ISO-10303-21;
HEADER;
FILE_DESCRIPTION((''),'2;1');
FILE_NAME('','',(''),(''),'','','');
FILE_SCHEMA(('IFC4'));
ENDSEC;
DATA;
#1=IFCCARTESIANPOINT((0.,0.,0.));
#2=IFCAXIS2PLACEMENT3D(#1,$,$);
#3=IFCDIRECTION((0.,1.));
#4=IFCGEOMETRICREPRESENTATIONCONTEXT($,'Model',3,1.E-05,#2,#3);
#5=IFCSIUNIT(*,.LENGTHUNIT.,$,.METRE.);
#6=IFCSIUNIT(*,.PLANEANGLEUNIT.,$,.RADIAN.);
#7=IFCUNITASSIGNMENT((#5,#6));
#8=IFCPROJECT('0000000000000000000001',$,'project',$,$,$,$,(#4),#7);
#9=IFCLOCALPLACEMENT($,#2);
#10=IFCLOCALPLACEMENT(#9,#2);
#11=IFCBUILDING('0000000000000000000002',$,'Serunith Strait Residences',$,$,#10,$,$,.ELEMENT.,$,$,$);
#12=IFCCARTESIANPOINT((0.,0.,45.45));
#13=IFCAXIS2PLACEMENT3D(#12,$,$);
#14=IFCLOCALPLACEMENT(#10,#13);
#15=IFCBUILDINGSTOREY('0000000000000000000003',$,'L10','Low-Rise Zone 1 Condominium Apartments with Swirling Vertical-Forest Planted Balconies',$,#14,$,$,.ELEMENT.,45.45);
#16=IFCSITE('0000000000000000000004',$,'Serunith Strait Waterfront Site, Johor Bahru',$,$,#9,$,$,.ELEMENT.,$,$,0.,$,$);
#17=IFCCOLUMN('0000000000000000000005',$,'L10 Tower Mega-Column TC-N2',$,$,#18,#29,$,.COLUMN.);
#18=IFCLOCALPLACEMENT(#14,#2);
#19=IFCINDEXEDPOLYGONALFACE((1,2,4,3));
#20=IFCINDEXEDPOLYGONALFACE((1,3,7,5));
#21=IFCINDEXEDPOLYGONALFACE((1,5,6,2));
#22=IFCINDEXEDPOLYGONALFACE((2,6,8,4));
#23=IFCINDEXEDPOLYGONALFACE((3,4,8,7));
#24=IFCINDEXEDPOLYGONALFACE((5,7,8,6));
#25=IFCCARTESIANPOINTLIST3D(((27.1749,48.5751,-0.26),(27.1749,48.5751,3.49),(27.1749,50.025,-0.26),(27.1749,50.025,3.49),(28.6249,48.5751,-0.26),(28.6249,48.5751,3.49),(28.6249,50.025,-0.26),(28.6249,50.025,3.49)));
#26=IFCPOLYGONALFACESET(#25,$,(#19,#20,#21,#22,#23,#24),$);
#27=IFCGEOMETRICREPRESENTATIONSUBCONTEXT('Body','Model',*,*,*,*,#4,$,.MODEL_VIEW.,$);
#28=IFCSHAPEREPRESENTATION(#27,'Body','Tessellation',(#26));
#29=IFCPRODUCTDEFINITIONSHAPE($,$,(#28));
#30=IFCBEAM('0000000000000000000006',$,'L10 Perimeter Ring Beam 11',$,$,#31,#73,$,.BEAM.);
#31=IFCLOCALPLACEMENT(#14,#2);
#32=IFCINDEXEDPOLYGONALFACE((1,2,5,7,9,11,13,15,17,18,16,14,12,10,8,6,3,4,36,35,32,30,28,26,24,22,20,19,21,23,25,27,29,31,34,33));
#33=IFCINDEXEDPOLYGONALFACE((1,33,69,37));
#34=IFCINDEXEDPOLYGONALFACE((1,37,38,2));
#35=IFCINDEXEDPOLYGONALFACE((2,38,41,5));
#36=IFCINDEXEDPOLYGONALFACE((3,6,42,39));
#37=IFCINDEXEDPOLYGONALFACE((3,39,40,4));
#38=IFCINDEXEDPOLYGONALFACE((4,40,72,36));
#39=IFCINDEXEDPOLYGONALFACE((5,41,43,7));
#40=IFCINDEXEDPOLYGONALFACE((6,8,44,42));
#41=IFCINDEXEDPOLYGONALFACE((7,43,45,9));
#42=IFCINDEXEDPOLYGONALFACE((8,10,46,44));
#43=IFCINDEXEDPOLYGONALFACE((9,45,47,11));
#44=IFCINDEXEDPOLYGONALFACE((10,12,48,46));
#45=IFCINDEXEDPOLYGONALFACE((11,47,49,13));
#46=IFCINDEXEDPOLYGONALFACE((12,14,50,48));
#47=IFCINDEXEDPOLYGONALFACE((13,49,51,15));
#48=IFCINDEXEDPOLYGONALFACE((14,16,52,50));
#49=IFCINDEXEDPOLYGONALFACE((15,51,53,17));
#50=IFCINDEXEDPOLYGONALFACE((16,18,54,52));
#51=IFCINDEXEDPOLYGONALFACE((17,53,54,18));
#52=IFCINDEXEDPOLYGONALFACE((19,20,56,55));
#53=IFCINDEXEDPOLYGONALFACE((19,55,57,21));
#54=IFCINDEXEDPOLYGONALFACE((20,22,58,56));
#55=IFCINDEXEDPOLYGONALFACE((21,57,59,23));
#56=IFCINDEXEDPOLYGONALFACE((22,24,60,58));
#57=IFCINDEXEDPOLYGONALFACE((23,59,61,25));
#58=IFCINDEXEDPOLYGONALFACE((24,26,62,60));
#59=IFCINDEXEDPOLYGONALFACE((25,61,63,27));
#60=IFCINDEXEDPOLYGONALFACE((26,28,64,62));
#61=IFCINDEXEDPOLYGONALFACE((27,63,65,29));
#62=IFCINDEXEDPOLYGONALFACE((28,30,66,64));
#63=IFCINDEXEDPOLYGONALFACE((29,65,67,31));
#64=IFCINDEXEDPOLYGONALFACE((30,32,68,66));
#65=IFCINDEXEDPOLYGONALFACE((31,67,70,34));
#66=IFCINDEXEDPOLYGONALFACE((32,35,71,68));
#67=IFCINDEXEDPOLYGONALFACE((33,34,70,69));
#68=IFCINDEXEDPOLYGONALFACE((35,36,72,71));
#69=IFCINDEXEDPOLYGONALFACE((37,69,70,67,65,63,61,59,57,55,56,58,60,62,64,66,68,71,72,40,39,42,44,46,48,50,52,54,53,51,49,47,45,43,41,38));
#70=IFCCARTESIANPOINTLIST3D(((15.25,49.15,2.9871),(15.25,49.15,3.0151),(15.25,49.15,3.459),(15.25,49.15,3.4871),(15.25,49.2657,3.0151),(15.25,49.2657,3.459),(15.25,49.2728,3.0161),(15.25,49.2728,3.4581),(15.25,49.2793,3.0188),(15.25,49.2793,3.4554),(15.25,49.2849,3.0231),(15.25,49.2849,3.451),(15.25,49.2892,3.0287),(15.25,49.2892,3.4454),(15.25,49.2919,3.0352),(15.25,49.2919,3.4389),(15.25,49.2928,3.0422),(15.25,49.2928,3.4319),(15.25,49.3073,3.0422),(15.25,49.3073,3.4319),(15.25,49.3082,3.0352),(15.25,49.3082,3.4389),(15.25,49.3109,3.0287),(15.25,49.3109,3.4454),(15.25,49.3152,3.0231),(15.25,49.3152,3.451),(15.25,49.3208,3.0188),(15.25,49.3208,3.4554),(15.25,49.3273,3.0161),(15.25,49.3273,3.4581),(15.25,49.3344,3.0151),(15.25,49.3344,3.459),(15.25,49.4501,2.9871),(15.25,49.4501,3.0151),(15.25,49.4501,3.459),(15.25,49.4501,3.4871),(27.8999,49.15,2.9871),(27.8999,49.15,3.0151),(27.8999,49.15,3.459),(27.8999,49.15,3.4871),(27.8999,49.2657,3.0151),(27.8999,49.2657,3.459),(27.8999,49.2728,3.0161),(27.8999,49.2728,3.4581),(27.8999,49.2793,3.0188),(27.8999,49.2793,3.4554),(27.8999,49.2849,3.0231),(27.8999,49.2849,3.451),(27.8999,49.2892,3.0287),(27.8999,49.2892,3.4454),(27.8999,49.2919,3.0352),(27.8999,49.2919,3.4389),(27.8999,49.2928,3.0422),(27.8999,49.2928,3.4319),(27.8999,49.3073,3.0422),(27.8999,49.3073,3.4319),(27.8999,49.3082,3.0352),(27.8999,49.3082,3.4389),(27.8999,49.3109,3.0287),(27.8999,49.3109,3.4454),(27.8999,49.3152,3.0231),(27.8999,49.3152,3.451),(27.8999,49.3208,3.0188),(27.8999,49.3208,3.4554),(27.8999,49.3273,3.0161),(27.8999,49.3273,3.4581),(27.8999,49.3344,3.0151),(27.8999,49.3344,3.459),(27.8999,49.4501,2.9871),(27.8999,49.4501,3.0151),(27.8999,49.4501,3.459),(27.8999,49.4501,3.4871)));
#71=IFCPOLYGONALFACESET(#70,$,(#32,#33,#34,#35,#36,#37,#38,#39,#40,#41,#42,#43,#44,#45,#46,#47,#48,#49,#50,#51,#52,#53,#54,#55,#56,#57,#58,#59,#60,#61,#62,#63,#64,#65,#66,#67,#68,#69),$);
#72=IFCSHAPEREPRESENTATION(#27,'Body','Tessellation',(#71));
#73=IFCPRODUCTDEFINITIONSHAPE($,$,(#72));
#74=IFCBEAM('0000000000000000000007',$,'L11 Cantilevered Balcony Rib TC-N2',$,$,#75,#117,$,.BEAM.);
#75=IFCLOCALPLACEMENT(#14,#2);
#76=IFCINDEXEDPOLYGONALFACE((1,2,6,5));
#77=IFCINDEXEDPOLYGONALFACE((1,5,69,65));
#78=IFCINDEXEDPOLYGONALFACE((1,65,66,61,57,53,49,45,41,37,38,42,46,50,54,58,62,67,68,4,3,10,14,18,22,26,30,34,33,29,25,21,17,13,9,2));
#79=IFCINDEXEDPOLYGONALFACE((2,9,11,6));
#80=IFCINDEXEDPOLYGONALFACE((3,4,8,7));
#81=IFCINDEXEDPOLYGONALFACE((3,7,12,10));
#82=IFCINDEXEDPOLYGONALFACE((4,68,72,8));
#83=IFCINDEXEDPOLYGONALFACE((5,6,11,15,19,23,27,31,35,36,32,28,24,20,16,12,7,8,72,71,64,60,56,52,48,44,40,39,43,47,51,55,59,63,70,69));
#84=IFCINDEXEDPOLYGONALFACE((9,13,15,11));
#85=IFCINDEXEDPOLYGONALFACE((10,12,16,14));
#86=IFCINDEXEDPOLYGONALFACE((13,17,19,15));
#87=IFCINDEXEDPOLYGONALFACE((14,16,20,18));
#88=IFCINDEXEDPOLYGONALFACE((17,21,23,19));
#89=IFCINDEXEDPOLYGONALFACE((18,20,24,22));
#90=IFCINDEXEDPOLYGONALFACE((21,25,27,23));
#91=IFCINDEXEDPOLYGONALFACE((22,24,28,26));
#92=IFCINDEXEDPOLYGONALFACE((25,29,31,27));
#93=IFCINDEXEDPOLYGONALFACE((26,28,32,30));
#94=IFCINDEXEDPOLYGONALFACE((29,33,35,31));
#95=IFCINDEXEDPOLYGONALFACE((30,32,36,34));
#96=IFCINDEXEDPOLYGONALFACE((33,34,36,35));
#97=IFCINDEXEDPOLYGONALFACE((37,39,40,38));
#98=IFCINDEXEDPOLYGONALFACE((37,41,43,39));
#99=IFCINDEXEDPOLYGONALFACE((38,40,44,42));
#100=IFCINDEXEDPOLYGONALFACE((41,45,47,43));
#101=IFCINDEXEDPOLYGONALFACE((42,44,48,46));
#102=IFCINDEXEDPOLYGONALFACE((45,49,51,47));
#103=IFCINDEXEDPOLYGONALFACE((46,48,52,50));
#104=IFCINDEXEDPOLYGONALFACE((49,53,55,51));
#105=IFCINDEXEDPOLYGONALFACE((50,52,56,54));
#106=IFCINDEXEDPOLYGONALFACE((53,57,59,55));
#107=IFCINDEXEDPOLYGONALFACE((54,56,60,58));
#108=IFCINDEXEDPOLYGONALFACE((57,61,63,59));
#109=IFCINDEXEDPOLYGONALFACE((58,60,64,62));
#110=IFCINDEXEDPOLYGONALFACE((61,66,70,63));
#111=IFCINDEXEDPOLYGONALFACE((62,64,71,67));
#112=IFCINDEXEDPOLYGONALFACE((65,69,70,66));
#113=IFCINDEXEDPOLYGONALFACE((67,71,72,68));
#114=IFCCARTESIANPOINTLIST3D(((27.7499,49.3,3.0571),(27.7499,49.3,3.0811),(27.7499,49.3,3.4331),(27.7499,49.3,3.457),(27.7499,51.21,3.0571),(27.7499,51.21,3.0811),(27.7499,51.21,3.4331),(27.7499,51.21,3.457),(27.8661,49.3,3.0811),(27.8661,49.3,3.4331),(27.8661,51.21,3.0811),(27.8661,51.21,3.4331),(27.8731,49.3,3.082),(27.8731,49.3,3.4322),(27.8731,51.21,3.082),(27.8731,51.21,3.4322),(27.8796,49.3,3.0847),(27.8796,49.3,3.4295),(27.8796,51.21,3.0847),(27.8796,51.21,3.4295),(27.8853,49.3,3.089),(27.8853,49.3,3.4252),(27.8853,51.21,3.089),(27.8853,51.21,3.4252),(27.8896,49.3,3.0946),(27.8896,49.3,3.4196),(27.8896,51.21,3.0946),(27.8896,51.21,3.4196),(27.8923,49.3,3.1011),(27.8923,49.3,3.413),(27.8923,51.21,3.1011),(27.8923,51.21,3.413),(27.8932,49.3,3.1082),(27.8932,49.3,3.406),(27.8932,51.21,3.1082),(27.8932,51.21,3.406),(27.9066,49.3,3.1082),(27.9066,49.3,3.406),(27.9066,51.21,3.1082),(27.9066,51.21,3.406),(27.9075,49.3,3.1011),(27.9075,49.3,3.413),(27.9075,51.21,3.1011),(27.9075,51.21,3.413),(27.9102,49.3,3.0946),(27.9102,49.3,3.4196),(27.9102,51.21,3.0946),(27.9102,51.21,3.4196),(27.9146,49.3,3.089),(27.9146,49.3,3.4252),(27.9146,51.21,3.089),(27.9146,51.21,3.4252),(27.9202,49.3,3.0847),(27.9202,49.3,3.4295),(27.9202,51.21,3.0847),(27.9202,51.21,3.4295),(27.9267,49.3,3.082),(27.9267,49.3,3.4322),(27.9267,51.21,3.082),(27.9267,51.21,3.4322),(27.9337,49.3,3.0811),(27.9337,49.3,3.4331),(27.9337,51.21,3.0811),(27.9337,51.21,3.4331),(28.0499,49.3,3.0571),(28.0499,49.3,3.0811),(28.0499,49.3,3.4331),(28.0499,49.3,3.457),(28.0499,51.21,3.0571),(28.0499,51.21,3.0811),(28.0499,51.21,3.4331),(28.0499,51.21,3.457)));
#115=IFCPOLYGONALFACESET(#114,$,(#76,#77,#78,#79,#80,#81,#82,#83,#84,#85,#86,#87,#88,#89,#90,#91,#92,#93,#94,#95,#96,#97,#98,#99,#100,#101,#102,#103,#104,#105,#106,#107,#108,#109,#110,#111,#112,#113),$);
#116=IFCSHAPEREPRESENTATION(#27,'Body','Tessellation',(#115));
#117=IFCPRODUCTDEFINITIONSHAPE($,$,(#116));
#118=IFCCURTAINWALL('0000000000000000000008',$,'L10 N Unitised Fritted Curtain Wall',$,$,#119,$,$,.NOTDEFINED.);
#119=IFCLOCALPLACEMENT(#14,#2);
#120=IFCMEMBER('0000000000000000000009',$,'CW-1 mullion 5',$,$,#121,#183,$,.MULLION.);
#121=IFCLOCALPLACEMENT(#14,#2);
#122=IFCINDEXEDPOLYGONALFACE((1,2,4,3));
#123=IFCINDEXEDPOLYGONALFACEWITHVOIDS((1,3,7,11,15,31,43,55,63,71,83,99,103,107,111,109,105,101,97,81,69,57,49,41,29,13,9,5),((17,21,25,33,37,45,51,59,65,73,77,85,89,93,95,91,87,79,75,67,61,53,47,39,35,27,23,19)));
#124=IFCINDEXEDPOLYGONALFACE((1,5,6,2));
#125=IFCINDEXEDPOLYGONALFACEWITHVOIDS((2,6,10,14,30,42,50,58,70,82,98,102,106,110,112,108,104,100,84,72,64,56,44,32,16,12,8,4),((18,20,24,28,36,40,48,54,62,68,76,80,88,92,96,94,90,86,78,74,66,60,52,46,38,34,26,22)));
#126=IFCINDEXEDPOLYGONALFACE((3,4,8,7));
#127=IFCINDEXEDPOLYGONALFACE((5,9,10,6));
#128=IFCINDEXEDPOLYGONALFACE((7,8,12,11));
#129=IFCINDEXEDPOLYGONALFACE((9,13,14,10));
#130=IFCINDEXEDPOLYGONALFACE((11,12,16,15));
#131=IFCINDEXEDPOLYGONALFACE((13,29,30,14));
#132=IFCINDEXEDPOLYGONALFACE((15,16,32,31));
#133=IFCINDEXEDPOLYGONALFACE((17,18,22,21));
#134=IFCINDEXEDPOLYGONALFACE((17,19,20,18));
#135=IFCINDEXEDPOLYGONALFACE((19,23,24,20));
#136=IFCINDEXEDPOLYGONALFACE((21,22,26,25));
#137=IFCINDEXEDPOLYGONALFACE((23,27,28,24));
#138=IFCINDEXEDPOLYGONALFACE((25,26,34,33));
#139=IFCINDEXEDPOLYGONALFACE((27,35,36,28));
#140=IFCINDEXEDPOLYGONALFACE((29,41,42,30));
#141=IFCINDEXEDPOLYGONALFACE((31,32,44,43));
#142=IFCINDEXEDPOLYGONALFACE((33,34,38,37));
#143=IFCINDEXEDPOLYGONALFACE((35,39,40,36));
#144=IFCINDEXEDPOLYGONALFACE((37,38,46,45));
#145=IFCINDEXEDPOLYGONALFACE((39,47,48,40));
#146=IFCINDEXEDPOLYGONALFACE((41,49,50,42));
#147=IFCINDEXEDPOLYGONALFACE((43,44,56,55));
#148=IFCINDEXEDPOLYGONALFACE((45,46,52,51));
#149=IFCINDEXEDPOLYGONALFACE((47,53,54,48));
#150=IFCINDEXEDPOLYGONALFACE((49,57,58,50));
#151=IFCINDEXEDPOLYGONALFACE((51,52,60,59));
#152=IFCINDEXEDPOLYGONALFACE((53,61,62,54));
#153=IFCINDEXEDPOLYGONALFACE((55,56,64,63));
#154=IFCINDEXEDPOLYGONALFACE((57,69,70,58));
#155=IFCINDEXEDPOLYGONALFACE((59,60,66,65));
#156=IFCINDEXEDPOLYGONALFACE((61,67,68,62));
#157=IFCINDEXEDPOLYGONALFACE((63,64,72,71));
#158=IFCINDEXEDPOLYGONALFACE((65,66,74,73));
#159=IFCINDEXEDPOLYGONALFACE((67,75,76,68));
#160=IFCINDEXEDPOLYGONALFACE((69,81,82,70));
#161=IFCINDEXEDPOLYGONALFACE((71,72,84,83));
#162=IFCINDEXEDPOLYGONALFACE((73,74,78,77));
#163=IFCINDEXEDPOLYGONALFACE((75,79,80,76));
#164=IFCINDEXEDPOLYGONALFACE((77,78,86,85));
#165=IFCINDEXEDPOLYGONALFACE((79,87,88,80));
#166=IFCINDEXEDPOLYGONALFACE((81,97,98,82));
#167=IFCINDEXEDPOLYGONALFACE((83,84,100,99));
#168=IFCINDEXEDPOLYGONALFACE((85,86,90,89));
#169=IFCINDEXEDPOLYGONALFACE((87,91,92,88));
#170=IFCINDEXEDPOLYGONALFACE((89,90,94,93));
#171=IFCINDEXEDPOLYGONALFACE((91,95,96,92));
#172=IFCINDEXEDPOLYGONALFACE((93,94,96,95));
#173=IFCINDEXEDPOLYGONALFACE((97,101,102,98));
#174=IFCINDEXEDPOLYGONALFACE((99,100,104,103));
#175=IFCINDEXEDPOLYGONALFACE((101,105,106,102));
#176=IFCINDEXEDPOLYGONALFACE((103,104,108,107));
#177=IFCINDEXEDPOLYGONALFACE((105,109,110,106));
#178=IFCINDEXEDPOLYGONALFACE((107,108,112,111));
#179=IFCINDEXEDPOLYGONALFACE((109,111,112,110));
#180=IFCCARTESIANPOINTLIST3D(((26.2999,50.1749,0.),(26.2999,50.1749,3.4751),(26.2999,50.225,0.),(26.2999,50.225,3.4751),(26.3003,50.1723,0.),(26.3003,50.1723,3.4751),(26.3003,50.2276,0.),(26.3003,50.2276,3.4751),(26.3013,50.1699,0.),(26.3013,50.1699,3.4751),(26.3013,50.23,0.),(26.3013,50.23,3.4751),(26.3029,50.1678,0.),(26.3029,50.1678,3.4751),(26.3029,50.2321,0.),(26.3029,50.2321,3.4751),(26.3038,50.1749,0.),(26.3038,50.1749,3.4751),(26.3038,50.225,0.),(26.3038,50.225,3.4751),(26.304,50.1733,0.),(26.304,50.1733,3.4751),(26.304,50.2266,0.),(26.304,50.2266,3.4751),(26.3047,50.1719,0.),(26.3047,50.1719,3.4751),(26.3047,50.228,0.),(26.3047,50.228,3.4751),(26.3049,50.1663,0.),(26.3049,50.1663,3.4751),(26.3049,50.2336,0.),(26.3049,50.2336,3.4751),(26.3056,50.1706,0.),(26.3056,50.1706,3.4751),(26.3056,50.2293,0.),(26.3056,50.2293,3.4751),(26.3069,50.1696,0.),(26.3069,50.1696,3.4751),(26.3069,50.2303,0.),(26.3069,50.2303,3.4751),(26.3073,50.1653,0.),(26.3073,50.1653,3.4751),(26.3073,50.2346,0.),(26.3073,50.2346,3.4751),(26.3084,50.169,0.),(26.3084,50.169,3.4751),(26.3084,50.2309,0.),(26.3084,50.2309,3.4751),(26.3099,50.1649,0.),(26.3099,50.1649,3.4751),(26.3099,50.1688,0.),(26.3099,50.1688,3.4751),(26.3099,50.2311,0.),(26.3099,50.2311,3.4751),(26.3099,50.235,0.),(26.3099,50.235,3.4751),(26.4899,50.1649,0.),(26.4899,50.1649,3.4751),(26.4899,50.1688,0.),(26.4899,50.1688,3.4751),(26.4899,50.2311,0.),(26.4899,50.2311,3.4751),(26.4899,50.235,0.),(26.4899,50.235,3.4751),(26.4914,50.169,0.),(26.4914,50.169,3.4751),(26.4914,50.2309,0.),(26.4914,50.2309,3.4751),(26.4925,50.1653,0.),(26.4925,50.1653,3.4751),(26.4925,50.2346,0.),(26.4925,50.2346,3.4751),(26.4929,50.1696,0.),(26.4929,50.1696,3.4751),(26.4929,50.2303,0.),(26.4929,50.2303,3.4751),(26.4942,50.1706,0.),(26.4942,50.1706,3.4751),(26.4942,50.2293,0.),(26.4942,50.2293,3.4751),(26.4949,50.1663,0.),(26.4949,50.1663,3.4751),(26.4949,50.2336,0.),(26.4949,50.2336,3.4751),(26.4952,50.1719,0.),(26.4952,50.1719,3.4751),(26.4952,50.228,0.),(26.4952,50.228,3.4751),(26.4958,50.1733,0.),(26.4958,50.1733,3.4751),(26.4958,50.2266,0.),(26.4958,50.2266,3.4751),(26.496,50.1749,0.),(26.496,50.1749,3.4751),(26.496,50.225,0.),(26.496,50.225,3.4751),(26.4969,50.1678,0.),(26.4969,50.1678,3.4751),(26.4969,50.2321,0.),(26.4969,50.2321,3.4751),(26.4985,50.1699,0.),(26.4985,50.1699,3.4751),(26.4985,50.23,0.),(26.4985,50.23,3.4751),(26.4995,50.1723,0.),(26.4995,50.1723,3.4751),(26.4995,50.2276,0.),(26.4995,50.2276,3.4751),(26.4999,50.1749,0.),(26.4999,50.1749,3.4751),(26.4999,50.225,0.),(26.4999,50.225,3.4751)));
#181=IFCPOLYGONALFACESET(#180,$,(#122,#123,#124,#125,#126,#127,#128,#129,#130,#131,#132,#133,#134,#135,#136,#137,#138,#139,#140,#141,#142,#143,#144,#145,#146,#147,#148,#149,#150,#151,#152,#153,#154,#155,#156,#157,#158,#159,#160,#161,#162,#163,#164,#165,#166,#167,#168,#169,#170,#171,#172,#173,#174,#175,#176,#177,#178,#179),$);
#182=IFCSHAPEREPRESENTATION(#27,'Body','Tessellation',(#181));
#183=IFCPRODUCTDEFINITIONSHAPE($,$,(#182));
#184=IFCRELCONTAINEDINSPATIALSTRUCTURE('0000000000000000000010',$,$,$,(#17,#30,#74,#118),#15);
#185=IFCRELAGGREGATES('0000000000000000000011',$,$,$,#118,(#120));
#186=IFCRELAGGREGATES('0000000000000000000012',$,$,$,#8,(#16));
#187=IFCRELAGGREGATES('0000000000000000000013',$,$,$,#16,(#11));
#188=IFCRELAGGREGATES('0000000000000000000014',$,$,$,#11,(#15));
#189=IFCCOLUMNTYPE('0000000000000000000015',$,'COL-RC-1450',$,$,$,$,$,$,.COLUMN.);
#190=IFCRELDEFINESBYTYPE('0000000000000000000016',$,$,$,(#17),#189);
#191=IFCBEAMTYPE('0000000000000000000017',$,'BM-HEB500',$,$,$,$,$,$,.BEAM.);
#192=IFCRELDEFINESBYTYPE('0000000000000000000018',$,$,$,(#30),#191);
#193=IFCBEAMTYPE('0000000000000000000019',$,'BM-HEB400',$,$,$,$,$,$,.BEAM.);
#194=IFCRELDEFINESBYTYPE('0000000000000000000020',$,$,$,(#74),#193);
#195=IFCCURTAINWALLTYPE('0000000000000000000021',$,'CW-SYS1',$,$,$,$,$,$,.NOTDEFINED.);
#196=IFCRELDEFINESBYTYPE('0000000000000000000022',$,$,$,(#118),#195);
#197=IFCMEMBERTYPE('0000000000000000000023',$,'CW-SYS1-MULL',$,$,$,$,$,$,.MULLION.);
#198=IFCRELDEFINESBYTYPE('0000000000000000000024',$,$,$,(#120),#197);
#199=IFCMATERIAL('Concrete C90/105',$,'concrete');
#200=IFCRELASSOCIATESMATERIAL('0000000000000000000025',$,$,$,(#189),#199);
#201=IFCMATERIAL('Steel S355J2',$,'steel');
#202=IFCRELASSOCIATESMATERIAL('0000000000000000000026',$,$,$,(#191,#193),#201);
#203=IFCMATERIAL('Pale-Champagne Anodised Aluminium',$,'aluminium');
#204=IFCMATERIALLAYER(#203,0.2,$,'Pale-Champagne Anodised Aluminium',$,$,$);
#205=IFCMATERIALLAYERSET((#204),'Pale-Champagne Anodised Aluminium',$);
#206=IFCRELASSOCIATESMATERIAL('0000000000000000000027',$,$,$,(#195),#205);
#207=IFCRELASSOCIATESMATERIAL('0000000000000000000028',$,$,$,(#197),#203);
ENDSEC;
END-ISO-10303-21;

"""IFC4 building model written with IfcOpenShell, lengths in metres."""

from ifc_helpers import new_model, si_unit, direction, frame, origin, origin_2d, place, context, subcontext, project, spatial, rectangle, hollow_rectangle, i_section, extrude, source, transform, mapped, material, layer, layer_set, material_profile, profile_set, type_object, element, aggregate, save


model = new_model("IFC4")

# Units and contexts
model_context = context("Model", 3, precision=1e-05, world=origin(), true_north=direction((0.0, 1.0)))
body_context = subcontext(model_context, "Body", "Model", "MODEL_VIEW")
ifc_project = project(units=[si_unit("LENGTHUNIT", "METRE"), si_unit("PLANEANGLEUNIT", "RADIAN")], contexts=[model_context])

# Site, building, storey
site_placement = place(None, origin())
site = spatial("IfcSite", under=ifc_project, at=site_placement, Name="Serunith Strait Waterfront Site, Johor Bahru", CompositionType="ELEMENT", RefElevation=0.0)
building_placement = place(site_placement, origin())
building = spatial("IfcBuilding", under=site, at=building_placement, Name="Serunith Strait Residences", CompositionType="ELEMENT")
storey_placement = place(building_placement, frame((0.0, 0.0, 45.45)))
storey = spatial("IfcBuildingStorey", under=building, at=storey_placement, Name="L10", Description="Low-Rise Zone 1 Condominium Apartments with Swirling Vertical-Forest Planted Balconies", CompositionType="ELEMENT", Elevation=45.45)

# Column
ifc_material_1 = material(Name="Concrete C90/105", Category="concrete")
ifc_material_profile_1 = material_profile(ifc_material_1, rectangle(XDim=1.45, YDim=1.45, at=origin_2d()), Name="RC 1450x1450")
ifc_profile_set_1 = profile_set([ifc_material_profile_1], Name="Concrete C90/105")
column_type = type_object("IfcColumnType", Name="COL-RC-1450", PredefinedType="COLUMN", material=ifc_profile_set_1)
shared_shape_1 = source(origin(), body_context, "Body", "SweptSolid", [
    extrude(rectangle(XDim=1.45, YDim=1.45, at=origin_2d()), origin(), (0.0, 0.0, 1.0), 3.75),
])
column_placement = place(storey_placement, frame((27.8999, 49.3, -0.26), z_axis=(0.0, 0.0, 1.0), x_axis=(1.0, 0.0, 0.0)))
element("IfcColumn", 1, at=column_placement, inside=storey, type_object=column_type, Name="L10 Tower Mega-Column TC-N2", PredefinedType="COLUMN", context=body_context, shape_type="MappedRepresentation", body=[
    mapped(shared_shape_1, transform((0.0, 0.0, 0.0), scale=1.0)),
])

# Beams
ifc_material_2 = material(Name="Steel S355J2", Category="steel")
ifc_material_profile_2 = material_profile(ifc_material_2, i_section(OverallWidth=0.3, OverallDepth=0.5, WebThickness=0.0144, FlangeThickness=0.0281, FilletRadius=0.0271, at=origin_2d()), Name="HEB 500")
ifc_profile_set_2 = profile_set([ifc_material_profile_2], Name="Steel S355J2")
beam_type_1 = type_object("IfcBeamType", Name="BM-HEB500", PredefinedType="BEAM", material=ifc_profile_set_2)
shared_shape_2 = source(origin(), body_context, "Body", "SweptSolid", [
    extrude(i_section(OverallWidth=0.3, OverallDepth=0.5, WebThickness=0.0144, FlangeThickness=0.0281, FilletRadius=0.0271, at=origin_2d()), origin(), (0.0, 0.0, 1.0), 12.6499),
])
beam_1_placement = place(storey_placement, frame((27.8999, 49.3, 3.2371), z_axis=(-1.0, 0.0, 0.0), x_axis=(0.0, -1.0, 0.0)))
element("IfcBeam", 2, at=beam_1_placement, inside=storey, type_object=beam_type_1, Name="L10 Perimeter Ring Beam 11", PredefinedType="BEAM", context=body_context, shape_type="MappedRepresentation", body=[
    mapped(shared_shape_2, transform((0.0, 0.0, 0.0), scale=1.0)),
])
ifc_material_profile_3 = material_profile(ifc_material_2, i_section(OverallWidth=0.3, OverallDepth=0.3999, WebThickness=0.0134, FlangeThickness=0.0239, FilletRadius=0.0271, at=origin_2d()), Name="HEB 400")
ifc_profile_set_3 = profile_set([ifc_material_profile_3], Name="Steel S355J2")
beam_type_2 = type_object("IfcBeamType", Name="BM-HEB400", PredefinedType="BEAM", material=ifc_profile_set_3)
shared_shape_3 = source(origin(), body_context, "Body", "SweptSolid", [
    extrude(i_section(OverallWidth=0.3, OverallDepth=0.3999, WebThickness=0.0134, FlangeThickness=0.0239, FilletRadius=0.0271, at=origin_2d()), origin(), (0.0, 0.0, 1.0), 1.9099),
])
beam_2_placement = place(storey_placement, frame((27.8999, 49.3, 3.2571), z_axis=(0.0, 1.0, 0.0), x_axis=(-1.0, 0.0, 0.0)))
element("IfcBeam", 3, at=beam_2_placement, inside=storey, type_object=beam_type_2, Name="L11 Cantilevered Balcony Rib TC-N2", PredefinedType="BEAM", context=body_context, shape_type="MappedRepresentation", body=[
    mapped(shared_shape_3, transform((0.0, 0.0, 0.0), scale=1.0)),
])

# Curtain wall, member
ifc_material_3 = material(Name="Pale-Champagne Anodised Aluminium", Category="aluminium")
ifc_layer_1 = layer(ifc_material_3, 0.2, Name="Pale-Champagne Anodised Aluminium")
ifc_layer_set_1 = layer_set([ifc_layer_1], Name="Pale-Champagne Anodised Aluminium")
curtain_wall_type = type_object("IfcCurtainWallType", Name="CW-SYS1", PredefinedType="NOTDEFINED", material=ifc_layer_set_1)
curtain_wall_placement = place(storey_placement, origin())
curtain_wall = element("IfcCurtainWall", 4, at=curtain_wall_placement, inside=storey, type_object=curtain_wall_type, Name="L10 N Unitised Fritted Curtain Wall", PredefinedType="NOTDEFINED")
ifc_material_profile_4 = material_profile(ifc_material_3, hollow_rectangle(XDim=0.0701, YDim=0.2, WallThickness=0.0039, InnerFilletRadius=0.0061, OuterFilletRadius=0.01, at=origin_2d()), Name="ALU 200x70x4")
ifc_profile_set_4 = profile_set([ifc_material_profile_4], Name="Pale-Champagne Anodised Aluminium")
member_type_1 = type_object("IfcMemberType", Name="CW-SYS1-MULL", PredefinedType="MULLION", material=ifc_profile_set_4)
shared_shape_4 = source(origin(), body_context, "Body", "SweptSolid", [
    extrude(hollow_rectangle(XDim=0.0701, YDim=0.2, WallThickness=0.0039, InnerFilletRadius=0.0061, OuterFilletRadius=0.01, at=origin_2d()), origin(), (0.0, 0.0, 1.0), 3.4751),
])
member_1_placement = place(storey_placement, frame((26.3999, 50.2, 0.0), z_axis=(0.0, 0.0, 1.0), x_axis=(0.0, -1.0, 0.0)))
member_1 = element("IfcMember", 5, at=member_1_placement, type_object=member_type_1, Name="CW-1 mullion 5", PredefinedType="MULLION", context=body_context, shape_type="MappedRepresentation", body=[
    mapped(shared_shape_4, transform((0.0, 0.0, 0.0), scale=1.0)),
])
aggregate(curtain_wall, [member_1])

save(model, "model.ifc")
